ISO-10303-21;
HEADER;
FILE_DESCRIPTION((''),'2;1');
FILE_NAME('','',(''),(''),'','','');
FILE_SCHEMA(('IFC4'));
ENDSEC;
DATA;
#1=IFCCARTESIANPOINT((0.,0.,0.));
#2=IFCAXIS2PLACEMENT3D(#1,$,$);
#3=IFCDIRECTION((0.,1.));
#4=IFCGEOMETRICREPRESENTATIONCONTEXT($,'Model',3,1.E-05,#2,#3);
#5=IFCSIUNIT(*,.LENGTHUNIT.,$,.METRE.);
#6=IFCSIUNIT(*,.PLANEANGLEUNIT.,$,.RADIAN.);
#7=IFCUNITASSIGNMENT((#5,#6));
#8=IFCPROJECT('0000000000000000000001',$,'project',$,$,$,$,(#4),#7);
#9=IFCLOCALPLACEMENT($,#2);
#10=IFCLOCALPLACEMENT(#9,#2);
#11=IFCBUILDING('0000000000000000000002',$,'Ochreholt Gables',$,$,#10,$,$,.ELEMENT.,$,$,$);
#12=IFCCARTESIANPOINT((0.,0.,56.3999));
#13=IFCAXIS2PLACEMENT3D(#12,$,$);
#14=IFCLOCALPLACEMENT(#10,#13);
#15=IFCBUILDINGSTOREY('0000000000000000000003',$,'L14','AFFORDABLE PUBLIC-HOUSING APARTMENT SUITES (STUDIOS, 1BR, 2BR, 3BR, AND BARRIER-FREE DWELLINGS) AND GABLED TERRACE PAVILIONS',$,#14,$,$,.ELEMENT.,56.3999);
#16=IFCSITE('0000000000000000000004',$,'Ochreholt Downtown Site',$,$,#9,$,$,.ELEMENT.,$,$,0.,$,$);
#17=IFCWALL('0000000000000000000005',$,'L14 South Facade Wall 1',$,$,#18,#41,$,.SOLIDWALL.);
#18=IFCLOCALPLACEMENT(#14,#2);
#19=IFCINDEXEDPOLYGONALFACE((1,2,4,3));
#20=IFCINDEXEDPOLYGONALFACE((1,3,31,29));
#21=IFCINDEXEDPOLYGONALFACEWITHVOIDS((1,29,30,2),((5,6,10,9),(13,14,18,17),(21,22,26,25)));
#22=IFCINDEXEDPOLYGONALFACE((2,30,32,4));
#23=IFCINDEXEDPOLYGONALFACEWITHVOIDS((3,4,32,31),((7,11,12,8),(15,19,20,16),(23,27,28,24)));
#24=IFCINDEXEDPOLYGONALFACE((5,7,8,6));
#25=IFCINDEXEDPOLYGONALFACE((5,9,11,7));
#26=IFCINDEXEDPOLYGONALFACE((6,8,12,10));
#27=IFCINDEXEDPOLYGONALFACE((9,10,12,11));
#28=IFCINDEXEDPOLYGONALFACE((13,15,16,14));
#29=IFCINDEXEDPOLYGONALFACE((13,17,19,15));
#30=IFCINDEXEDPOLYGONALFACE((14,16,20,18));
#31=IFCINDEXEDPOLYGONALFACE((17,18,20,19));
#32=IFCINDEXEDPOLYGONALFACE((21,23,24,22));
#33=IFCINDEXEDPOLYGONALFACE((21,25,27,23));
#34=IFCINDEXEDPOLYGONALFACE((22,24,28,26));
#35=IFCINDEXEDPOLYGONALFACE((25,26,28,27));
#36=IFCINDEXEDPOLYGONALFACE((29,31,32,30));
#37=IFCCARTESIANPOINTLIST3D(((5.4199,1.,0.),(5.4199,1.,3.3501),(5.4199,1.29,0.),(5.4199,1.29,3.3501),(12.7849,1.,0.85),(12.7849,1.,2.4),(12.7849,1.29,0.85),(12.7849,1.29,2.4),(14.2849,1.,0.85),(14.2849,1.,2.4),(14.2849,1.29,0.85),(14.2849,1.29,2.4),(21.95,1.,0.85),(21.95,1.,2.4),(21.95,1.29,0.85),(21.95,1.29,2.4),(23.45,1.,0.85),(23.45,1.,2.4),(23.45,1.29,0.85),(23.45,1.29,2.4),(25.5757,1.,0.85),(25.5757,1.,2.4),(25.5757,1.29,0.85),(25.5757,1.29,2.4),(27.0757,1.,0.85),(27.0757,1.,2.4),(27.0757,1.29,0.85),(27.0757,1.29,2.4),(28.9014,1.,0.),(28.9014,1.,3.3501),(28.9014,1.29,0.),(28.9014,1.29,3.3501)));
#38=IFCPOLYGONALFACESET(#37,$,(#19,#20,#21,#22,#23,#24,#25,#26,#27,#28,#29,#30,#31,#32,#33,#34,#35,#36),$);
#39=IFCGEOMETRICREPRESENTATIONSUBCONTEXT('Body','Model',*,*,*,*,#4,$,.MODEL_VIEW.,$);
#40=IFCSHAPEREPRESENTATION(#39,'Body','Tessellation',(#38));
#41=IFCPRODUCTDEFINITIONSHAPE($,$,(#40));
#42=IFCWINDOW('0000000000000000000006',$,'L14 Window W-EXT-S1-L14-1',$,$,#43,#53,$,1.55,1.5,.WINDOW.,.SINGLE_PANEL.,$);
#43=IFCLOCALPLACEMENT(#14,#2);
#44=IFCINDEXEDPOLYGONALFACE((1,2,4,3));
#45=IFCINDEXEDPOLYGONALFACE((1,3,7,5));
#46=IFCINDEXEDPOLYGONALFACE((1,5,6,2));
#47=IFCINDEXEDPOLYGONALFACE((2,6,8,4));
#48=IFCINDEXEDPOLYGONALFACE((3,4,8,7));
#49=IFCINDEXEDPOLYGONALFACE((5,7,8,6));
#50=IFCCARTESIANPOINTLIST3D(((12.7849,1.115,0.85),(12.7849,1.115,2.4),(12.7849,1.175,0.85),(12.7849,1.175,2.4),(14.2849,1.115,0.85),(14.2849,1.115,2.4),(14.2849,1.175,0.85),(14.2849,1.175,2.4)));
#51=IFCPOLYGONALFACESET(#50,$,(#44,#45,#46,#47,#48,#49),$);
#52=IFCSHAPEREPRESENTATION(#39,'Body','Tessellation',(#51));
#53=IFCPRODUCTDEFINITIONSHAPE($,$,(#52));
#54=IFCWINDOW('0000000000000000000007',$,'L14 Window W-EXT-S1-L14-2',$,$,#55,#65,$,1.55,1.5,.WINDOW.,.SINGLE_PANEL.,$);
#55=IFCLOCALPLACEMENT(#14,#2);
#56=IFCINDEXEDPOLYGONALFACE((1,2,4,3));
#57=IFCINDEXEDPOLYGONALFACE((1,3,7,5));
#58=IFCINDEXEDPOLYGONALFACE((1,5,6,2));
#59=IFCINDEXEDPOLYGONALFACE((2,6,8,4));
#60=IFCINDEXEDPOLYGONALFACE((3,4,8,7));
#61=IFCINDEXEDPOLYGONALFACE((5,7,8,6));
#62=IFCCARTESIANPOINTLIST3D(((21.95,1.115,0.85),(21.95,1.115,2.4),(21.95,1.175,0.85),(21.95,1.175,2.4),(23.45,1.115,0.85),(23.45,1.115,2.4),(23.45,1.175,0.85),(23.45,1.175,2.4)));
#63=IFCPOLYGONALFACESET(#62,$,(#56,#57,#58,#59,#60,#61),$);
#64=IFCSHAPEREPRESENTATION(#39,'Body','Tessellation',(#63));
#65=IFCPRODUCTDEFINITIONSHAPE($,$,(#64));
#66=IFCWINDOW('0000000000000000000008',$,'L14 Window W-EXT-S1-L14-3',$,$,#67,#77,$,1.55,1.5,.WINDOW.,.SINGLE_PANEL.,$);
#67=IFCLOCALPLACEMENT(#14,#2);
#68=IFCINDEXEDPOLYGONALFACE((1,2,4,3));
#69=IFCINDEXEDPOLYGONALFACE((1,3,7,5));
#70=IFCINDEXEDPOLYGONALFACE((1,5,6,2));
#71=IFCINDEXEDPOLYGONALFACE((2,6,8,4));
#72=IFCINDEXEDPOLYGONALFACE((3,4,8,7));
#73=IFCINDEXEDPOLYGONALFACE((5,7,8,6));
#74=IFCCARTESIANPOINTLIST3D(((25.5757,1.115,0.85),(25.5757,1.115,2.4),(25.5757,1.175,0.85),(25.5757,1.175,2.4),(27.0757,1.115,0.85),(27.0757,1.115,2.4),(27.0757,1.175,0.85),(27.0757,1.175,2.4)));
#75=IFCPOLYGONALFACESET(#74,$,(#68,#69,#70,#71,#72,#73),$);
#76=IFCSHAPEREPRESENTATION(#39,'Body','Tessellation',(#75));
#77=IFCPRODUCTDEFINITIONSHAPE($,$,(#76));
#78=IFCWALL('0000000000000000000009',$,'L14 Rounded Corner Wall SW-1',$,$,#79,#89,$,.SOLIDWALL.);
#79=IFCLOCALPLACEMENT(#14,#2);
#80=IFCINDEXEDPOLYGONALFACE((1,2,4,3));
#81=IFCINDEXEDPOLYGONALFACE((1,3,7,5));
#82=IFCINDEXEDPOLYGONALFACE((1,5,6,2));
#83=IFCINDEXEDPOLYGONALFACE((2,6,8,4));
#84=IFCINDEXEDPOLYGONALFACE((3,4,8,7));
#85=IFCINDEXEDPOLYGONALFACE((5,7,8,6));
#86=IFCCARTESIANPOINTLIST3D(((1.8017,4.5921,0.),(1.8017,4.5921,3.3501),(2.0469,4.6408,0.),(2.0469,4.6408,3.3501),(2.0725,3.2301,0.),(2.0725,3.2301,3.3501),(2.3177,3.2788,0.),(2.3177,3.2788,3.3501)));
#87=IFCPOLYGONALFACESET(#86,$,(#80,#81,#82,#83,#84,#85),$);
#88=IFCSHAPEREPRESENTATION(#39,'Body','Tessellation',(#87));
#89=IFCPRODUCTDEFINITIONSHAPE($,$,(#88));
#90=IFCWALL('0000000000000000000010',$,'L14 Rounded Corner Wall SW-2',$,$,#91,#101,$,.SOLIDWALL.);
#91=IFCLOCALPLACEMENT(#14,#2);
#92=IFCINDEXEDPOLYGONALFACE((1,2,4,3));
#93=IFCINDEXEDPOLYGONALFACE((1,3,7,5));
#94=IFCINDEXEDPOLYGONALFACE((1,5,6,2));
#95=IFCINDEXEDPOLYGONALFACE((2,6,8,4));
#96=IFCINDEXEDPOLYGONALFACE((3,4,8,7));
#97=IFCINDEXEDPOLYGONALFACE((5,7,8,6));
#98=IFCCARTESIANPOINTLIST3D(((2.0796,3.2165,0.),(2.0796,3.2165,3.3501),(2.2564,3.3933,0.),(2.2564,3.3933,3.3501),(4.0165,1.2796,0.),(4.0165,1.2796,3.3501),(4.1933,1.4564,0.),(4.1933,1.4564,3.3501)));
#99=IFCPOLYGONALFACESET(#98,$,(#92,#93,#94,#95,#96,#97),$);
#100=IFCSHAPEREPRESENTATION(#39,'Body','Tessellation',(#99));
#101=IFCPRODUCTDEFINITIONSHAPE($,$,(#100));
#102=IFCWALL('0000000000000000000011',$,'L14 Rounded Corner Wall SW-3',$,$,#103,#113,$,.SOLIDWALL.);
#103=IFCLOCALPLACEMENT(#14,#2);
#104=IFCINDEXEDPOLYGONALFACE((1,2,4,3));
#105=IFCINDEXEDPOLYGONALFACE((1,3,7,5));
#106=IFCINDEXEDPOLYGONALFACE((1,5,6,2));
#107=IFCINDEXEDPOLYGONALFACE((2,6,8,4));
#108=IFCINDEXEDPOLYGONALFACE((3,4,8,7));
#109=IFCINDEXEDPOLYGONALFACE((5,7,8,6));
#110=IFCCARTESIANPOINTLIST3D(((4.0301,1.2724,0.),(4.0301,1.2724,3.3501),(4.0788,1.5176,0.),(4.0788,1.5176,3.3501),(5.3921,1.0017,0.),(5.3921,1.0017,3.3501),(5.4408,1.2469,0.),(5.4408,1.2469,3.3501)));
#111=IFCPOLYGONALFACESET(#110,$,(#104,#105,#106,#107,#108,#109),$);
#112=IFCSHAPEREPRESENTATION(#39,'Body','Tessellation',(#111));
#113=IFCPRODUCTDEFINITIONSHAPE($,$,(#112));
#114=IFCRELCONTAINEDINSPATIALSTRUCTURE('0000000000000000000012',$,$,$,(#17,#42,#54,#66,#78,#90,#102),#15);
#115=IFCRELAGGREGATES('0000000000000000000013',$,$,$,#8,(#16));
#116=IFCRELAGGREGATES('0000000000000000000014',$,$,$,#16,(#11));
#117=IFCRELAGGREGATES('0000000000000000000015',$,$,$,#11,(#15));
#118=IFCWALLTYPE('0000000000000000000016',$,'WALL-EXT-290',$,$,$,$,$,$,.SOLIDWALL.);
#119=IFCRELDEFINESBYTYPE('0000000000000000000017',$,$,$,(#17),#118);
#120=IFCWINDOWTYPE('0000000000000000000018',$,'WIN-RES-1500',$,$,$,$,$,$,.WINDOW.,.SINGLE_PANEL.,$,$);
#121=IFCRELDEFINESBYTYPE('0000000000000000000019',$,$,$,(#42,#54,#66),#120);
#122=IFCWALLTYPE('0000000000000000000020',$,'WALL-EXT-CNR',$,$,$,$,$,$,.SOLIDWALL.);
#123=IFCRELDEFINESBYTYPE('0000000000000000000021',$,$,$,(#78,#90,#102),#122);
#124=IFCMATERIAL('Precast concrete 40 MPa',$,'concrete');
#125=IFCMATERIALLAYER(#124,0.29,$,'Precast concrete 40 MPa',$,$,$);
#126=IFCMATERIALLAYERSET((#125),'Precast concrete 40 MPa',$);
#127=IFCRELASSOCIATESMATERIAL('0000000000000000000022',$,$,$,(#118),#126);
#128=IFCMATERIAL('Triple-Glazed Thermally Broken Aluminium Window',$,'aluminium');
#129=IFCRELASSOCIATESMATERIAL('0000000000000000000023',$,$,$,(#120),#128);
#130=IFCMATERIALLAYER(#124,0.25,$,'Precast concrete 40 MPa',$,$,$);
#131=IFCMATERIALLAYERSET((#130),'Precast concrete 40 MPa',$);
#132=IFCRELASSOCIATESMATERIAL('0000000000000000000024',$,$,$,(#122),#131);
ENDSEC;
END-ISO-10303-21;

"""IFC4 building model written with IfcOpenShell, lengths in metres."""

from ifc_helpers import new_model, si_unit, direction, frame, frame_2d, origin, place, context, subcontext, project, spatial, rectangle, extrude, material, layer, layer_set, type_object, element, fill, save


model = new_model("IFC4")

# Units and contexts
model_context = context("Model", 3, precision=1e-05, world=origin(), true_north=direction((0.0, 1.0)))
body_context = subcontext(model_context, "Body", "Model", "MODEL_VIEW")
ifc_project = project(units=[si_unit("LENGTHUNIT", "METRE"), si_unit("PLANEANGLEUNIT", "RADIAN")], contexts=[model_context])

# Site, building, storey
site_placement = place(None, origin())
site = spatial("IfcSite", under=ifc_project, at=site_placement, Name="Ochreholt Downtown Site", CompositionType="ELEMENT", RefElevation=0.0)
building_placement = place(site_placement, origin())
building = spatial("IfcBuilding", under=site, at=building_placement, Name="Ochreholt Gables", CompositionType="ELEMENT")
storey_placement = place(building_placement, frame((0.0, 0.0, 56.3999)))
storey = spatial("IfcBuildingStorey", under=building, at=storey_placement, Name="L14", Description="AFFORDABLE PUBLIC-HOUSING APARTMENT SUITES (STUDIOS, 1BR, 2BR, 3BR, AND BARRIER-FREE DWELLINGS) AND GABLED TERRACE PAVILIONS", CompositionType="ELEMENT", Elevation=56.3999)

# Wall, openings, windows
ifc_material_1 = material(Name="Precast concrete 40 MPa", Category="concrete")
ifc_layer_1 = layer(ifc_material_1, 0.29, Name="Precast concrete 40 MPa")
ifc_layer_set_1 = layer_set([ifc_layer_1], Name="Precast concrete 40 MPa")
wall_type_1 = type_object("IfcWallType", Name="WALL-EXT-290", PredefinedType="SOLIDWALL", material=ifc_layer_set_1)
wall_1_placement = place(storey_placement, frame((5.4199, 1.145, 0.0), z_axis=(0.0, 0.0, 1.0), x_axis=(1.0, 0.0, 0.0)))
wall_1 = element("IfcWall", 1, at=wall_1_placement, inside=storey, type_object=wall_type_1, Name="L14 South Facade Wall 1", PredefinedType="SOLIDWALL", context=body_context, shape_type="SweptSolid", body=[
    extrude(rectangle(XDim=23.4814, YDim=0.29, at=frame_2d((11.7407, 0.0))), origin(), (0.0, 0.0, 1.0), 3.3501),
])
opening_1_placement = place(wall_1_placement, frame((7.365, 0.0, 0.8501)))
opening_1 = element("IfcOpeningElement", 2, at=opening_1_placement, cuts=wall_1, PredefinedType="OPENING", context=body_context, shape_type="SweptSolid", body=[
    extrude(rectangle(XDim=1.5, YDim=1.55, at=frame_2d((0.75, 0.7749))), frame((0.0, 0.155, 0.0), z_axis=(0.0, -1.0, 0.0), x_axis=(1.0, 0.0, 0.0)), (0.0, 0.0, 1.0), 0.3101),
])
opening_2_placement = place(wall_1_placement, frame((16.53, 0.0, 0.8501)))
opening_2 = element("IfcOpeningElement", 3, at=opening_2_placement, cuts=wall_1, PredefinedType="OPENING", context=body_context, shape_type="SweptSolid", body=[
    extrude(rectangle(XDim=1.5, YDim=1.55, at=frame_2d((0.75, 0.7749))), frame((0.0, 0.155, 0.0), z_axis=(0.0, -1.0, 0.0), x_axis=(1.0, 0.0, 0.0)), (0.0, 0.0, 1.0), 0.3101),
])
opening_3_placement = place(wall_1_placement, frame((20.1558, 0.0, 0.8501)))
opening_3 = element("IfcOpeningElement", 4, at=opening_3_placement, cuts=wall_1, PredefinedType="OPENING", context=body_context, shape_type="SweptSolid", body=[
    extrude(rectangle(XDim=1.5, YDim=1.55, at=frame_2d((0.75, 0.7749))), frame((0.0, 0.155, 0.0), z_axis=(0.0, -1.0, 0.0), x_axis=(1.0, 0.0, 0.0)), (0.0, 0.0, 1.0), 0.3101),
])
ifc_material_2 = material(Name="Triple-Glazed Thermally Broken Aluminium Window", Category="aluminium")
window_type = type_object("IfcWindowType", Name="WIN-RES-1500", PartitioningType="SINGLE_PANEL", PredefinedType="WINDOW", material=ifc_material_2)
window_1_placement = place(opening_1_placement, origin())
window_1 = element("IfcWindow", 5, at=window_1_placement, inside=storey, type_object=window_type, Name="L14 Window W-EXT-S1-L14-1", OverallHeight=1.55, OverallWidth=1.5, PartitioningType="SINGLE_PANEL", PredefinedType="WINDOW", context=body_context, shape_type="SweptSolid", body=[
    extrude(rectangle(XDim=1.5, YDim=1.55, at=frame_2d((0.75, 0.7749))), frame((0.0, 0.03, 0.0), z_axis=(0.0, -1.0, 0.0), x_axis=(1.0, 0.0, 0.0)), (0.0, 0.0, 1.0), 0.0601),
])
fill(opening_1, window_1)
window_2_placement = place(opening_2_placement, origin())
window_2 = element("IfcWindow", 6, at=window_2_placement, inside=storey, type_object=window_type, Name="L14 Window W-EXT-S1-L14-2", OverallHeight=1.55, OverallWidth=1.5, PartitioningType="SINGLE_PANEL", PredefinedType="WINDOW", context=body_context, shape_type="SweptSolid", body=[
    extrude(rectangle(XDim=1.5, YDim=1.55, at=frame_2d((0.75, 0.7749))), frame((0.0, 0.03, 0.0), z_axis=(0.0, -1.0, 0.0), x_axis=(1.0, 0.0, 0.0)), (0.0, 0.0, 1.0), 0.0601),
])
fill(opening_2, window_2)
window_3_placement = place(opening_3_placement, origin())
window_3 = element("IfcWindow", 7, at=window_3_placement, inside=storey, type_object=window_type, Name="L14 Window W-EXT-S1-L14-3", OverallHeight=1.55, OverallWidth=1.5, PartitioningType="SINGLE_PANEL", PredefinedType="WINDOW", context=body_context, shape_type="SweptSolid", body=[
    extrude(rectangle(XDim=1.5, YDim=1.55, at=frame_2d((0.75, 0.7749))), frame((0.0, 0.03, 0.0), z_axis=(0.0, -1.0, 0.0), x_axis=(1.0, 0.0, 0.0)), (0.0, 0.0, 1.0), 0.0601),
])
fill(opening_3, window_3)

# Walls
ifc_layer_2 = layer(ifc_material_1, 0.25, Name="Precast concrete 40 MPa")
ifc_layer_set_2 = layer_set([ifc_layer_2], Name="Precast concrete 40 MPa")
wall_type_2 = type_object("IfcWallType", Name="WALL-EXT-CNR", PredefinedType="SOLIDWALL", material=ifc_layer_set_2)
wall_2_placement = place(storey_placement, frame((1.9243, 4.6165, 0.0), z_axis=(0.0, 0.0, 1.0), x_axis=(0.194967, -0.98081, 0.0)))
element("IfcWall", 8, at=wall_2_placement, inside=storey, type_object=wall_type_2, Name="L14 Rounded Corner Wall SW-1", PredefinedType="SOLIDWALL", context=body_context, shape_type="SweptSolid", body=[
    extrude(rectangle(XDim=1.3887, YDim=0.25, at=frame_2d((0.6943, 0.0))), origin(), (0.0, 0.0, 1.0), 3.3501),
])
wall_3_placement = place(storey_placement, frame((2.168, 3.3049, 0.0), z_axis=(0.0, 0.0, 1.0), x_axis=(0.707107, -0.707107, 0.0)))
element("IfcWall", 9, at=wall_3_placement, inside=storey, type_object=wall_type_2, Name="L14 Rounded Corner Wall SW-2", PredefinedType="SOLIDWALL", context=body_context, shape_type="SweptSolid", body=[
    extrude(rectangle(XDim=2.7393, YDim=0.25, at=frame_2d((1.3696, 0.0))), origin(), (0.0, 0.0, 1.0), 3.3501),
])
wall_4_placement = place(storey_placement, frame((4.0544, 1.395, 0.0), z_axis=(0.0, 0.0, 1.0), x_axis=(0.98081, -0.194967, 0.0)))
element("IfcWall", 10, at=wall_4_placement, inside=storey, type_object=wall_type_2, Name="L14 Rounded Corner Wall SW-3", PredefinedType="SOLIDWALL", context=body_context, shape_type="SweptSolid", body=[
    extrude(rectangle(XDim=1.3887, YDim=0.25, at=frame_2d((0.6943, 0.0))), origin(), (0.0, 0.0, 1.0), 3.3501),
])

save(model, "model.ifc")
